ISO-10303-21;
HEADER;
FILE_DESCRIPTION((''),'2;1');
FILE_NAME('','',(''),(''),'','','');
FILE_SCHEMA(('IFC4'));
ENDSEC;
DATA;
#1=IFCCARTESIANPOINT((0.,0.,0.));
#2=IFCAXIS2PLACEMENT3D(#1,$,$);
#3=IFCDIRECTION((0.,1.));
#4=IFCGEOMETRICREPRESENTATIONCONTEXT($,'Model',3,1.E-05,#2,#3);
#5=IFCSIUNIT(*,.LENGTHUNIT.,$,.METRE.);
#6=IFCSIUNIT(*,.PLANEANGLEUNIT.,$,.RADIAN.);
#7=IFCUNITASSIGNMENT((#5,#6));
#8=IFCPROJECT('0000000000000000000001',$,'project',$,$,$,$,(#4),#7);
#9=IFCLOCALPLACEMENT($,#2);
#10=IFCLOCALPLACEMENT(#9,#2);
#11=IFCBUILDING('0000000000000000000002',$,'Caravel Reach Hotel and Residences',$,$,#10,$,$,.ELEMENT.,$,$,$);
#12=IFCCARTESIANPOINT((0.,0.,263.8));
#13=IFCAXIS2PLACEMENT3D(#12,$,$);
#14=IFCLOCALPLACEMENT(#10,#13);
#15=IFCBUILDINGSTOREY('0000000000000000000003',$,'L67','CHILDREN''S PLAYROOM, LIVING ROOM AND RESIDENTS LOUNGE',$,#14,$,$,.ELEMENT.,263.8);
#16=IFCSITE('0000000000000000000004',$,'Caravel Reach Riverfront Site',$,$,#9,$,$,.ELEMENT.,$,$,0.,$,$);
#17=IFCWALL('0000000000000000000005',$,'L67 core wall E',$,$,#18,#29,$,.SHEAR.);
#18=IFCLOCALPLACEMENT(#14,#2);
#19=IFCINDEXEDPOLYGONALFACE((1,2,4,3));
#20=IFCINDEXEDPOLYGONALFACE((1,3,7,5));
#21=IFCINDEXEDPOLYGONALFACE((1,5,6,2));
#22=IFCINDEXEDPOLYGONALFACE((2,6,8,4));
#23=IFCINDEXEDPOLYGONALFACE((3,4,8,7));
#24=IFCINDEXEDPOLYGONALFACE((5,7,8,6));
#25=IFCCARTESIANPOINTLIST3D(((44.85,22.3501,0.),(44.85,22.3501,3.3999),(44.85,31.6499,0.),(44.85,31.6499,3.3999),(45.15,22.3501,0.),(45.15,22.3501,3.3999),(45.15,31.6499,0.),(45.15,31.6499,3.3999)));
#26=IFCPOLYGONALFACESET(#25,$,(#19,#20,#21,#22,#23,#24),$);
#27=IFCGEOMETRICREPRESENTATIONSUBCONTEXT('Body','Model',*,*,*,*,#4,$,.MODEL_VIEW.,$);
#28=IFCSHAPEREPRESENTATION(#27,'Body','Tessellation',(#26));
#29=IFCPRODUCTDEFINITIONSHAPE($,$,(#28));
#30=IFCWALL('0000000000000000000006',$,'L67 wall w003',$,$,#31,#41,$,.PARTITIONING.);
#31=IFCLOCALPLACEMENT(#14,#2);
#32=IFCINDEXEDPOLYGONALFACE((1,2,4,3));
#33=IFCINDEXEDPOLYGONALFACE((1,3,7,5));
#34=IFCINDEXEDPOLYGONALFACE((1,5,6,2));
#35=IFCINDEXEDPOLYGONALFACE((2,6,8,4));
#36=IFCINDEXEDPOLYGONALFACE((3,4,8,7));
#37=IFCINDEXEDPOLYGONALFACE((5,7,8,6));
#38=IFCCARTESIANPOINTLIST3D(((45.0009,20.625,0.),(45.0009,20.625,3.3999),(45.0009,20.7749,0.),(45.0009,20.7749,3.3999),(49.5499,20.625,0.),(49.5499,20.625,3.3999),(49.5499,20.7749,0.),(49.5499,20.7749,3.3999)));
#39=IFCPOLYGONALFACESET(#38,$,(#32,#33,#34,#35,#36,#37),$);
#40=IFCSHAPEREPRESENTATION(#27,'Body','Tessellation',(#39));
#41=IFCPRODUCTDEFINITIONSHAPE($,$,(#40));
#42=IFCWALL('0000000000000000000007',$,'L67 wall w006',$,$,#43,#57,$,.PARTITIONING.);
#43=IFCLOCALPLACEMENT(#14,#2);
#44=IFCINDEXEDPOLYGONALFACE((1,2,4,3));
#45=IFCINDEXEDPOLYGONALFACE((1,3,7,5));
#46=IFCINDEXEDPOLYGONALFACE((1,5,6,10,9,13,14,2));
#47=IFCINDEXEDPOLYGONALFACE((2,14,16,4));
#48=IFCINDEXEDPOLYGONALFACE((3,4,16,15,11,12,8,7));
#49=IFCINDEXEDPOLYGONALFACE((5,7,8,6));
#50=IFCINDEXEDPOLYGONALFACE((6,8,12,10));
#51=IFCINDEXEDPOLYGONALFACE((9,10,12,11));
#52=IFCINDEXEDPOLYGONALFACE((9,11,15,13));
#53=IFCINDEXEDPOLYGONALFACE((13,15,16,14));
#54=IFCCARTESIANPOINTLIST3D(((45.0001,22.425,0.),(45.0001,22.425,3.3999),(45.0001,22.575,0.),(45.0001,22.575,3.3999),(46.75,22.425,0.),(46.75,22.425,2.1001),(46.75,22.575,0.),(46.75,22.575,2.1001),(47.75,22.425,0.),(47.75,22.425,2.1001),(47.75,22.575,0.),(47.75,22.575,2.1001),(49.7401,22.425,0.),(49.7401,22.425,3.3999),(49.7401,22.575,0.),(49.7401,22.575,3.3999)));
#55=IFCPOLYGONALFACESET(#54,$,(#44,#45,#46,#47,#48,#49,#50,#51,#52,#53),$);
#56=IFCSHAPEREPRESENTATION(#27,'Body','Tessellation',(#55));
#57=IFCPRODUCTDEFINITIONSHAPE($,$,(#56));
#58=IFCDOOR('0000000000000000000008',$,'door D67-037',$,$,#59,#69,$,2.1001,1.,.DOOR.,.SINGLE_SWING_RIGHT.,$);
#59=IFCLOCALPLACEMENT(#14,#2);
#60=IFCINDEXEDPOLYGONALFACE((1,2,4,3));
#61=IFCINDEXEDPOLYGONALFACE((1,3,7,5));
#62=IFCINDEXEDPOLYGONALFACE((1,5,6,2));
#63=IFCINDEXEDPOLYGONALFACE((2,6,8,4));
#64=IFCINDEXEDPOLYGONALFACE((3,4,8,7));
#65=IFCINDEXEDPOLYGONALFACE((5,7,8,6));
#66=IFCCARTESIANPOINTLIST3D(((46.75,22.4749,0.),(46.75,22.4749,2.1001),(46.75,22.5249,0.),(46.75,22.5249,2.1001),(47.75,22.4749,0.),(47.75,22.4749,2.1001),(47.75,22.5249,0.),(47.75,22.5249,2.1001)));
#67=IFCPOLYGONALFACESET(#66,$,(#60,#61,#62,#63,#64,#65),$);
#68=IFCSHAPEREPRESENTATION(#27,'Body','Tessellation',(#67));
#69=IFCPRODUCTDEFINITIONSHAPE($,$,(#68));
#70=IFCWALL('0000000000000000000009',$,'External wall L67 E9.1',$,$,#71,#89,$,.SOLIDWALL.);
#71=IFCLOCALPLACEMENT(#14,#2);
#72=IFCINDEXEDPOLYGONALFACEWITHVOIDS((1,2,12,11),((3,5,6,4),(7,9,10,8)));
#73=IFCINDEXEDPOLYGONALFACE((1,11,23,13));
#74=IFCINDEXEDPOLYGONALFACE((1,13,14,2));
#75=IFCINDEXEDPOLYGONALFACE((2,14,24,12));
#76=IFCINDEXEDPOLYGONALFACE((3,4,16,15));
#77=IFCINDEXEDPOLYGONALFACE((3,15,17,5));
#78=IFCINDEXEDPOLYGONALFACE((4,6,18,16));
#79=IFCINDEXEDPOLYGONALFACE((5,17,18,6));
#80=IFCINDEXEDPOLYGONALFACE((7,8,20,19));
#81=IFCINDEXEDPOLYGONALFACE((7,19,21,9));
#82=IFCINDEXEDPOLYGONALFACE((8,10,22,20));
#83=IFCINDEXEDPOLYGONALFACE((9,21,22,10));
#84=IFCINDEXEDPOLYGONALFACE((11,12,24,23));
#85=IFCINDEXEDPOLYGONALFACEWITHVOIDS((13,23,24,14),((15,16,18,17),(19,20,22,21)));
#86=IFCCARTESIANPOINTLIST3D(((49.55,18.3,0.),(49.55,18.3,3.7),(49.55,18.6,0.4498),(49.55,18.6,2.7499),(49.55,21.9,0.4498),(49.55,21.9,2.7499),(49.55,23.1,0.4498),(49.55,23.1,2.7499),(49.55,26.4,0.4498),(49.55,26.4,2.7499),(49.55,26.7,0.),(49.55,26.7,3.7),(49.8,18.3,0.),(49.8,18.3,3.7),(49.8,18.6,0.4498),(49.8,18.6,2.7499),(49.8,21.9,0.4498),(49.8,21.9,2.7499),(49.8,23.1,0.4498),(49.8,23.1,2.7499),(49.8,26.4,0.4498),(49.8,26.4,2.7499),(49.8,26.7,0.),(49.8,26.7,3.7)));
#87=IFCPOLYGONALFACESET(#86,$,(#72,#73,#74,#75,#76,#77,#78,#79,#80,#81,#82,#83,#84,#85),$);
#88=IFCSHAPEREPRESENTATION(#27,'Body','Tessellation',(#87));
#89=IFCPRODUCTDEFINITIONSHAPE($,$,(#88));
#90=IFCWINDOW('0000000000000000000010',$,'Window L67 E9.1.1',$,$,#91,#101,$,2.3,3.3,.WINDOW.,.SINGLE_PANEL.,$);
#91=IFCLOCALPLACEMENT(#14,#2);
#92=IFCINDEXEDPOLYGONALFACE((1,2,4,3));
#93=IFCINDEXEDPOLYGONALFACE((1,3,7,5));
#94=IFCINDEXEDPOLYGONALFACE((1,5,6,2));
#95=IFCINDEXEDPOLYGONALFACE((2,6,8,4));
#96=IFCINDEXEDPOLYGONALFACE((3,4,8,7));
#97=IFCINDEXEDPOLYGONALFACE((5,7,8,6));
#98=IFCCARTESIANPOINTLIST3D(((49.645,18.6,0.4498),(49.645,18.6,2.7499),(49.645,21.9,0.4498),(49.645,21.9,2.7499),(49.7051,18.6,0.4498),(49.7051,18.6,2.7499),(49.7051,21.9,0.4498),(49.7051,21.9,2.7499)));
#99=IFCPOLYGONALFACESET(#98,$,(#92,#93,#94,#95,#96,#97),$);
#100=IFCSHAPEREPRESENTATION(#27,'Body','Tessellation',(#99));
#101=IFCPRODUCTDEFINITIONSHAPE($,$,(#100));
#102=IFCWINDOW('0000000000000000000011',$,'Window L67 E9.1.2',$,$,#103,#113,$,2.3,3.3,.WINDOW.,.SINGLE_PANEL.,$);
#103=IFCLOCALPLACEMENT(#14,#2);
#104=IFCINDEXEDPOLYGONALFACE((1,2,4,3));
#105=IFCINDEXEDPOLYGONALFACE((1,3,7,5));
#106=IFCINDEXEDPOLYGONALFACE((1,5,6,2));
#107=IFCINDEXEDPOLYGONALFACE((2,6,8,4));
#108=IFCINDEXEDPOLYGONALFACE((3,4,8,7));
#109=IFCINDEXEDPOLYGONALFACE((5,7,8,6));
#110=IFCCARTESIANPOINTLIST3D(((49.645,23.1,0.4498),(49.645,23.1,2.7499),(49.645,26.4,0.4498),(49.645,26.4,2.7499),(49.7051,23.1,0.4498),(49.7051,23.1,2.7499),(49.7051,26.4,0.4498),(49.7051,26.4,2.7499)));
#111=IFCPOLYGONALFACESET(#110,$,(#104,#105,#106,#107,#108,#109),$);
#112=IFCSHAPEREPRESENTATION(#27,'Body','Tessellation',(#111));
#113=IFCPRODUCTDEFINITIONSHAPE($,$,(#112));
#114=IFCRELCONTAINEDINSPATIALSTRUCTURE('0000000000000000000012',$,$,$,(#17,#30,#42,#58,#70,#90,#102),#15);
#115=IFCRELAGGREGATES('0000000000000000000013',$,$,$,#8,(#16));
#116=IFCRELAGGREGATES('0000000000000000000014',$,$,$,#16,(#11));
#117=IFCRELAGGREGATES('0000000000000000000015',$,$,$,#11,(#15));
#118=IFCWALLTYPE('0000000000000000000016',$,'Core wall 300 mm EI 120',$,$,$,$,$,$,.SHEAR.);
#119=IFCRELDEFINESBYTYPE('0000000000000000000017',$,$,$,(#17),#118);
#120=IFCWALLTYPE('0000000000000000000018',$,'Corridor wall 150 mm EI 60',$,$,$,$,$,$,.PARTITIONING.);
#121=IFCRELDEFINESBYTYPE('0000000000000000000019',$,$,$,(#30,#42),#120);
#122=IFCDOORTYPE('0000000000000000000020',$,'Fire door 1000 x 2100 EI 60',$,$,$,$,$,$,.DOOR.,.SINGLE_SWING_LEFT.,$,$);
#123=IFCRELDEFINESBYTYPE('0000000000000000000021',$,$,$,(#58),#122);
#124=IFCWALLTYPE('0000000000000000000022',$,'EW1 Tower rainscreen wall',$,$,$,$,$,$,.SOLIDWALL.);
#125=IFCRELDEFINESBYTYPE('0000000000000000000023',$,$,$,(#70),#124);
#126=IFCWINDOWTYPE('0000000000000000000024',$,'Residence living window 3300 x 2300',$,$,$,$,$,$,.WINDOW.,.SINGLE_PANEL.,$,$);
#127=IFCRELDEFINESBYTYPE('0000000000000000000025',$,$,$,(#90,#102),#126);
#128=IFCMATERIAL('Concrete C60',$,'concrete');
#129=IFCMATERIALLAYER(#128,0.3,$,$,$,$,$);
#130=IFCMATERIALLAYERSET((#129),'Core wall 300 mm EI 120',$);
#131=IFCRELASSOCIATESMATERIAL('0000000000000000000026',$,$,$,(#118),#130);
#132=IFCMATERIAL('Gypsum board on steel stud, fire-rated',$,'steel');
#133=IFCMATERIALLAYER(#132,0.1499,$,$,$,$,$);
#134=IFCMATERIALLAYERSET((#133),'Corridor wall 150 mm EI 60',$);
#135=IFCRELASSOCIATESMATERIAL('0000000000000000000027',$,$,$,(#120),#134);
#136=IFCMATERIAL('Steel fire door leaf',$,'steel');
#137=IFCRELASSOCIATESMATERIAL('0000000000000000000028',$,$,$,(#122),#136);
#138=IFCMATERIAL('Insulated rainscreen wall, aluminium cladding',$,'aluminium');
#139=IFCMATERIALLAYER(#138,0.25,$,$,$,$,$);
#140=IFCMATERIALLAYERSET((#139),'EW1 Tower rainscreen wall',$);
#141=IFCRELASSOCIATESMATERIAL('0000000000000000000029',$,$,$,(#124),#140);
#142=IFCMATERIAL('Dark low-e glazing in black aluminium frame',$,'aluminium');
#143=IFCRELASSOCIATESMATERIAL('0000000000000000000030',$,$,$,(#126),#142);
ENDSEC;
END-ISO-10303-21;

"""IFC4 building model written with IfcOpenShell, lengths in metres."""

from ifc_helpers import new_model, si_unit, direction, frame, frame_2d, origin, place, context, subcontext, project, spatial, rectangle, extrude, material, layer, layer_set, type_object, element, fill, save


model = new_model("IFC4")

# Units and contexts
model_context = context("Model", 3, precision=1e-05, world=origin(), true_north=direction((0.0, 1.0)))
body_context = subcontext(model_context, "Body", "Model", "MODEL_VIEW")
ifc_project = project(units=[si_unit("LENGTHUNIT", "METRE"), si_unit("PLANEANGLEUNIT", "RADIAN")], contexts=[model_context])

# Site, building, storey
site_placement = place(None, origin())
site = spatial("IfcSite", under=ifc_project, at=site_placement, Name="Caravel Reach Riverfront Site", CompositionType="ELEMENT", RefElevation=0.0)
building_placement = place(site_placement, origin())
building = spatial("IfcBuilding", under=site, at=building_placement, Name="Caravel Reach Hotel and Residences", CompositionType="ELEMENT")
storey_placement = place(building_placement, frame((0.0, 0.0, 263.8)))
storey = spatial("IfcBuildingStorey", under=building, at=storey_placement, Name="L67", Description="CHILDREN'S PLAYROOM, LIVING ROOM AND RESIDENTS LOUNGE", CompositionType="ELEMENT", Elevation=263.8)

# Walls
ifc_material_1 = material(Name="Concrete C60", Category="concrete")
ifc_layer_1 = layer(ifc_material_1, 0.3)
ifc_layer_set_1 = layer_set([ifc_layer_1], Name="Core wall 300 mm EI 120")
wall_type_1 = type_object("IfcWallType", Name="Core wall 300 mm EI 120", PredefinedType="SHEAR", material=ifc_layer_set_1)
wall_1_placement = place(storey_placement, frame((45.0, 22.3501, 0.0), z_axis=(0.0, 0.0, 1.0), x_axis=(0.0, 1.0, 0.0)))
element("IfcWall", 1, at=wall_1_placement, inside=storey, type_object=wall_type_1, Name="L67 core wall E", PredefinedType="SHEAR", context=body_context, shape_type="SweptSolid", body=[
    extrude(rectangle(XDim=9.2998, YDim=0.3, at=frame_2d((4.6499, 0.0))), origin(), (0.0, 0.0, 1.0), 3.3999),
])
ifc_material_2 = material(Name="Gypsum board on steel stud, fire-rated", Category="steel")
ifc_layer_2 = layer(ifc_material_2, 0.1499)
ifc_layer_set_2 = layer_set([ifc_layer_2], Name="Corridor wall 150 mm EI 60")
wall_type_2 = type_object("IfcWallType", Name="Corridor wall 150 mm EI 60", PredefinedType="PARTITIONING", material=ifc_layer_set_2)
wall_2_placement = place(storey_placement, frame((45.001, 20.7, 0.0), z_axis=(0.0, 0.0, 1.0), x_axis=(1.0, 0.0, 0.0)))
element("IfcWall", 2, at=wall_2_placement, inside=storey, type_object=wall_type_2, Name="L67 wall w003", PredefinedType="PARTITIONING", context=body_context, shape_type="SweptSolid", body=[
    extrude(rectangle(XDim=4.5491, YDim=0.1499, at=frame_2d((2.2744, 0.0))), origin(), (0.0, 0.0, 1.0), 3.3999),
])

# Wall, opening, door
wall_3_placement = place(storey_placement, frame((45.0, 22.5, 0.0), z_axis=(0.0, 0.0, 1.0), x_axis=(1.0, 0.0, 0.0)))
wall_3 = element("IfcWall", 3, at=wall_3_placement, inside=storey, type_object=wall_type_2, Name="L67 wall w006", PredefinedType="PARTITIONING", context=body_context, shape_type="SweptSolid", body=[
    extrude(rectangle(XDim=4.74, YDim=0.1499, at=frame_2d((2.3701, 0.0))), origin(), (0.0, 0.0, 1.0), 3.3999),
])
opening_1_placement = place(wall_3_placement, frame((1.75, 0.0, 0.0)))
opening_1 = element("IfcOpeningElement", 4, at=opening_1_placement, cuts=wall_3, PredefinedType="OPENING", context=body_context, shape_type="SweptSolid", body=[
    extrude(rectangle(XDim=1.0, YDim=2.1001, at=frame_2d((0.5, 1.05))), frame((0.0, 0.085, 0.0), z_axis=(0.0, -1.0, 0.0), x_axis=(1.0, 0.0, 0.0)), (0.0, 0.0, 1.0), 0.1699),
])
ifc_material_3 = material(Name="Steel fire door leaf", Category="steel")
door_type_1 = type_object("IfcDoorType", Name="Fire door 1000 x 2100 EI 60", OperationType="SINGLE_SWING_LEFT", PredefinedType="DOOR", material=ifc_material_3)
door_1_placement = place(opening_1_placement, origin())
door_1 = element("IfcDoor", 5, at=door_1_placement, inside=storey, type_object=door_type_1, Name="door D67-037", OperationType="SINGLE_SWING_RIGHT", OverallHeight=2.1001, OverallWidth=1.0, PredefinedType="DOOR", context=body_context, shape_type="SweptSolid", body=[
    extrude(rectangle(XDim=1.0, YDim=2.1001, at=frame_2d((0.5, 1.05))), frame((0.0, 0.0249, 0.0), z_axis=(0.0, -1.0, 0.0), x_axis=(1.0, 0.0, 0.0)), (0.0, 0.0, 1.0), 0.05),
])
fill(opening_1, door_1)

# Wall, openings, windows
ifc_material_4 = material(Name="Insulated rainscreen wall, aluminium cladding", Category="aluminium")
ifc_layer_3 = layer(ifc_material_4, 0.25)
ifc_layer_set_3 = layer_set([ifc_layer_3], Name="EW1 Tower rainscreen wall")
wall_type_3 = type_object("IfcWallType", Name="EW1 Tower rainscreen wall", PredefinedType="SOLIDWALL", material=ifc_layer_set_3)
wall_4_placement = place(storey_placement, frame((49.675, 18.3, 0.0), z_axis=(0.0, 0.0, 1.0), x_axis=(0.0, 1.0, 0.0)))
wall_4 = element("IfcWall", 6, at=wall_4_placement, inside=storey, type_object=wall_type_3, Name="External wall L67 E9.1", PredefinedType="SOLIDWALL", context=body_context, shape_type="SweptSolid", body=[
    extrude(rectangle(XDim=8.3999, YDim=0.25, at=frame_2d((4.2, 0.0))), origin(), (0.0, 0.0, 1.0), 3.7),
])
opening_2_placement = place(wall_4_placement, frame((0.3, 0.0, 0.45)))
opening_2 = element("IfcOpeningElement", 7, at=opening_2_placement, cuts=wall_4, PredefinedType="OPENING", context=body_context, shape_type="SweptSolid", body=[
    extrude(rectangle(XDim=3.3, YDim=2.3, at=frame_2d((1.6499, 1.1499))), frame((0.0, 0.135, 0.0), z_axis=(0.0, -1.0, 0.0), x_axis=(1.0, 0.0, 0.0)), (0.0, 0.0, 1.0), 0.27),
])
opening_3_placement = place(wall_4_placement, frame((4.8, 0.0, 0.45)))
opening_3 = element("IfcOpeningElement", 8, at=opening_3_placement, cuts=wall_4, PredefinedType="OPENING", context=body_context, shape_type="SweptSolid", body=[
    extrude(rectangle(XDim=3.3, YDim=2.3, at=frame_2d((1.6499, 1.1499))), frame((0.0, 0.135, 0.0), z_axis=(0.0, -1.0, 0.0), x_axis=(1.0, 0.0, 0.0)), (0.0, 0.0, 1.0), 0.27),
])
ifc_material_5 = material(Name="Dark low-e glazing in black aluminium frame", Category="aluminium")
window_type = type_object("IfcWindowType", Name="Residence living window 3300 x 2300", PartitioningType="SINGLE_PANEL", PredefinedType="WINDOW", material=ifc_material_5)
window_1_placement = place(opening_2_placement, origin())
window_1 = element("IfcWindow", 9, at=window_1_placement, inside=storey, type_object=window_type, Name="Window L67 E9.1.1", OverallHeight=2.3, OverallWidth=3.3, PartitioningType="SINGLE_PANEL", PredefinedType="WINDOW", context=body_context, shape_type="SweptSolid", body=[
    extrude(rectangle(XDim=3.3, YDim=2.3, at=frame_2d((1.6499, 1.1499))), frame((0.0, 0.03, 0.0), z_axis=(0.0, -1.0, 0.0), x_axis=(1.0, 0.0, 0.0)), (0.0, 0.0, 1.0), 0.0601),
])
fill(opening_2, window_1)
window_2_placement = place(opening_3_placement, origin())
window_2 = element("IfcWindow", 10, at=window_2_placement, inside=storey, type_object=window_type, Name="Window L67 E9.1.2", OverallHeight=2.3, OverallWidth=3.3, PartitioningType="SINGLE_PANEL", PredefinedType="WINDOW", context=body_context, shape_type="SweptSolid", body=[
    extrude(rectangle(XDim=3.3, YDim=2.3, at=frame_2d((1.6499, 1.1499))), frame((0.0, 0.03, 0.0), z_axis=(0.0, -1.0, 0.0), x_axis=(1.0, 0.0, 0.0)), (0.0, 0.0, 1.0), 0.0601),
])
fill(opening_3, window_2)

save(model, "model.ifc")
